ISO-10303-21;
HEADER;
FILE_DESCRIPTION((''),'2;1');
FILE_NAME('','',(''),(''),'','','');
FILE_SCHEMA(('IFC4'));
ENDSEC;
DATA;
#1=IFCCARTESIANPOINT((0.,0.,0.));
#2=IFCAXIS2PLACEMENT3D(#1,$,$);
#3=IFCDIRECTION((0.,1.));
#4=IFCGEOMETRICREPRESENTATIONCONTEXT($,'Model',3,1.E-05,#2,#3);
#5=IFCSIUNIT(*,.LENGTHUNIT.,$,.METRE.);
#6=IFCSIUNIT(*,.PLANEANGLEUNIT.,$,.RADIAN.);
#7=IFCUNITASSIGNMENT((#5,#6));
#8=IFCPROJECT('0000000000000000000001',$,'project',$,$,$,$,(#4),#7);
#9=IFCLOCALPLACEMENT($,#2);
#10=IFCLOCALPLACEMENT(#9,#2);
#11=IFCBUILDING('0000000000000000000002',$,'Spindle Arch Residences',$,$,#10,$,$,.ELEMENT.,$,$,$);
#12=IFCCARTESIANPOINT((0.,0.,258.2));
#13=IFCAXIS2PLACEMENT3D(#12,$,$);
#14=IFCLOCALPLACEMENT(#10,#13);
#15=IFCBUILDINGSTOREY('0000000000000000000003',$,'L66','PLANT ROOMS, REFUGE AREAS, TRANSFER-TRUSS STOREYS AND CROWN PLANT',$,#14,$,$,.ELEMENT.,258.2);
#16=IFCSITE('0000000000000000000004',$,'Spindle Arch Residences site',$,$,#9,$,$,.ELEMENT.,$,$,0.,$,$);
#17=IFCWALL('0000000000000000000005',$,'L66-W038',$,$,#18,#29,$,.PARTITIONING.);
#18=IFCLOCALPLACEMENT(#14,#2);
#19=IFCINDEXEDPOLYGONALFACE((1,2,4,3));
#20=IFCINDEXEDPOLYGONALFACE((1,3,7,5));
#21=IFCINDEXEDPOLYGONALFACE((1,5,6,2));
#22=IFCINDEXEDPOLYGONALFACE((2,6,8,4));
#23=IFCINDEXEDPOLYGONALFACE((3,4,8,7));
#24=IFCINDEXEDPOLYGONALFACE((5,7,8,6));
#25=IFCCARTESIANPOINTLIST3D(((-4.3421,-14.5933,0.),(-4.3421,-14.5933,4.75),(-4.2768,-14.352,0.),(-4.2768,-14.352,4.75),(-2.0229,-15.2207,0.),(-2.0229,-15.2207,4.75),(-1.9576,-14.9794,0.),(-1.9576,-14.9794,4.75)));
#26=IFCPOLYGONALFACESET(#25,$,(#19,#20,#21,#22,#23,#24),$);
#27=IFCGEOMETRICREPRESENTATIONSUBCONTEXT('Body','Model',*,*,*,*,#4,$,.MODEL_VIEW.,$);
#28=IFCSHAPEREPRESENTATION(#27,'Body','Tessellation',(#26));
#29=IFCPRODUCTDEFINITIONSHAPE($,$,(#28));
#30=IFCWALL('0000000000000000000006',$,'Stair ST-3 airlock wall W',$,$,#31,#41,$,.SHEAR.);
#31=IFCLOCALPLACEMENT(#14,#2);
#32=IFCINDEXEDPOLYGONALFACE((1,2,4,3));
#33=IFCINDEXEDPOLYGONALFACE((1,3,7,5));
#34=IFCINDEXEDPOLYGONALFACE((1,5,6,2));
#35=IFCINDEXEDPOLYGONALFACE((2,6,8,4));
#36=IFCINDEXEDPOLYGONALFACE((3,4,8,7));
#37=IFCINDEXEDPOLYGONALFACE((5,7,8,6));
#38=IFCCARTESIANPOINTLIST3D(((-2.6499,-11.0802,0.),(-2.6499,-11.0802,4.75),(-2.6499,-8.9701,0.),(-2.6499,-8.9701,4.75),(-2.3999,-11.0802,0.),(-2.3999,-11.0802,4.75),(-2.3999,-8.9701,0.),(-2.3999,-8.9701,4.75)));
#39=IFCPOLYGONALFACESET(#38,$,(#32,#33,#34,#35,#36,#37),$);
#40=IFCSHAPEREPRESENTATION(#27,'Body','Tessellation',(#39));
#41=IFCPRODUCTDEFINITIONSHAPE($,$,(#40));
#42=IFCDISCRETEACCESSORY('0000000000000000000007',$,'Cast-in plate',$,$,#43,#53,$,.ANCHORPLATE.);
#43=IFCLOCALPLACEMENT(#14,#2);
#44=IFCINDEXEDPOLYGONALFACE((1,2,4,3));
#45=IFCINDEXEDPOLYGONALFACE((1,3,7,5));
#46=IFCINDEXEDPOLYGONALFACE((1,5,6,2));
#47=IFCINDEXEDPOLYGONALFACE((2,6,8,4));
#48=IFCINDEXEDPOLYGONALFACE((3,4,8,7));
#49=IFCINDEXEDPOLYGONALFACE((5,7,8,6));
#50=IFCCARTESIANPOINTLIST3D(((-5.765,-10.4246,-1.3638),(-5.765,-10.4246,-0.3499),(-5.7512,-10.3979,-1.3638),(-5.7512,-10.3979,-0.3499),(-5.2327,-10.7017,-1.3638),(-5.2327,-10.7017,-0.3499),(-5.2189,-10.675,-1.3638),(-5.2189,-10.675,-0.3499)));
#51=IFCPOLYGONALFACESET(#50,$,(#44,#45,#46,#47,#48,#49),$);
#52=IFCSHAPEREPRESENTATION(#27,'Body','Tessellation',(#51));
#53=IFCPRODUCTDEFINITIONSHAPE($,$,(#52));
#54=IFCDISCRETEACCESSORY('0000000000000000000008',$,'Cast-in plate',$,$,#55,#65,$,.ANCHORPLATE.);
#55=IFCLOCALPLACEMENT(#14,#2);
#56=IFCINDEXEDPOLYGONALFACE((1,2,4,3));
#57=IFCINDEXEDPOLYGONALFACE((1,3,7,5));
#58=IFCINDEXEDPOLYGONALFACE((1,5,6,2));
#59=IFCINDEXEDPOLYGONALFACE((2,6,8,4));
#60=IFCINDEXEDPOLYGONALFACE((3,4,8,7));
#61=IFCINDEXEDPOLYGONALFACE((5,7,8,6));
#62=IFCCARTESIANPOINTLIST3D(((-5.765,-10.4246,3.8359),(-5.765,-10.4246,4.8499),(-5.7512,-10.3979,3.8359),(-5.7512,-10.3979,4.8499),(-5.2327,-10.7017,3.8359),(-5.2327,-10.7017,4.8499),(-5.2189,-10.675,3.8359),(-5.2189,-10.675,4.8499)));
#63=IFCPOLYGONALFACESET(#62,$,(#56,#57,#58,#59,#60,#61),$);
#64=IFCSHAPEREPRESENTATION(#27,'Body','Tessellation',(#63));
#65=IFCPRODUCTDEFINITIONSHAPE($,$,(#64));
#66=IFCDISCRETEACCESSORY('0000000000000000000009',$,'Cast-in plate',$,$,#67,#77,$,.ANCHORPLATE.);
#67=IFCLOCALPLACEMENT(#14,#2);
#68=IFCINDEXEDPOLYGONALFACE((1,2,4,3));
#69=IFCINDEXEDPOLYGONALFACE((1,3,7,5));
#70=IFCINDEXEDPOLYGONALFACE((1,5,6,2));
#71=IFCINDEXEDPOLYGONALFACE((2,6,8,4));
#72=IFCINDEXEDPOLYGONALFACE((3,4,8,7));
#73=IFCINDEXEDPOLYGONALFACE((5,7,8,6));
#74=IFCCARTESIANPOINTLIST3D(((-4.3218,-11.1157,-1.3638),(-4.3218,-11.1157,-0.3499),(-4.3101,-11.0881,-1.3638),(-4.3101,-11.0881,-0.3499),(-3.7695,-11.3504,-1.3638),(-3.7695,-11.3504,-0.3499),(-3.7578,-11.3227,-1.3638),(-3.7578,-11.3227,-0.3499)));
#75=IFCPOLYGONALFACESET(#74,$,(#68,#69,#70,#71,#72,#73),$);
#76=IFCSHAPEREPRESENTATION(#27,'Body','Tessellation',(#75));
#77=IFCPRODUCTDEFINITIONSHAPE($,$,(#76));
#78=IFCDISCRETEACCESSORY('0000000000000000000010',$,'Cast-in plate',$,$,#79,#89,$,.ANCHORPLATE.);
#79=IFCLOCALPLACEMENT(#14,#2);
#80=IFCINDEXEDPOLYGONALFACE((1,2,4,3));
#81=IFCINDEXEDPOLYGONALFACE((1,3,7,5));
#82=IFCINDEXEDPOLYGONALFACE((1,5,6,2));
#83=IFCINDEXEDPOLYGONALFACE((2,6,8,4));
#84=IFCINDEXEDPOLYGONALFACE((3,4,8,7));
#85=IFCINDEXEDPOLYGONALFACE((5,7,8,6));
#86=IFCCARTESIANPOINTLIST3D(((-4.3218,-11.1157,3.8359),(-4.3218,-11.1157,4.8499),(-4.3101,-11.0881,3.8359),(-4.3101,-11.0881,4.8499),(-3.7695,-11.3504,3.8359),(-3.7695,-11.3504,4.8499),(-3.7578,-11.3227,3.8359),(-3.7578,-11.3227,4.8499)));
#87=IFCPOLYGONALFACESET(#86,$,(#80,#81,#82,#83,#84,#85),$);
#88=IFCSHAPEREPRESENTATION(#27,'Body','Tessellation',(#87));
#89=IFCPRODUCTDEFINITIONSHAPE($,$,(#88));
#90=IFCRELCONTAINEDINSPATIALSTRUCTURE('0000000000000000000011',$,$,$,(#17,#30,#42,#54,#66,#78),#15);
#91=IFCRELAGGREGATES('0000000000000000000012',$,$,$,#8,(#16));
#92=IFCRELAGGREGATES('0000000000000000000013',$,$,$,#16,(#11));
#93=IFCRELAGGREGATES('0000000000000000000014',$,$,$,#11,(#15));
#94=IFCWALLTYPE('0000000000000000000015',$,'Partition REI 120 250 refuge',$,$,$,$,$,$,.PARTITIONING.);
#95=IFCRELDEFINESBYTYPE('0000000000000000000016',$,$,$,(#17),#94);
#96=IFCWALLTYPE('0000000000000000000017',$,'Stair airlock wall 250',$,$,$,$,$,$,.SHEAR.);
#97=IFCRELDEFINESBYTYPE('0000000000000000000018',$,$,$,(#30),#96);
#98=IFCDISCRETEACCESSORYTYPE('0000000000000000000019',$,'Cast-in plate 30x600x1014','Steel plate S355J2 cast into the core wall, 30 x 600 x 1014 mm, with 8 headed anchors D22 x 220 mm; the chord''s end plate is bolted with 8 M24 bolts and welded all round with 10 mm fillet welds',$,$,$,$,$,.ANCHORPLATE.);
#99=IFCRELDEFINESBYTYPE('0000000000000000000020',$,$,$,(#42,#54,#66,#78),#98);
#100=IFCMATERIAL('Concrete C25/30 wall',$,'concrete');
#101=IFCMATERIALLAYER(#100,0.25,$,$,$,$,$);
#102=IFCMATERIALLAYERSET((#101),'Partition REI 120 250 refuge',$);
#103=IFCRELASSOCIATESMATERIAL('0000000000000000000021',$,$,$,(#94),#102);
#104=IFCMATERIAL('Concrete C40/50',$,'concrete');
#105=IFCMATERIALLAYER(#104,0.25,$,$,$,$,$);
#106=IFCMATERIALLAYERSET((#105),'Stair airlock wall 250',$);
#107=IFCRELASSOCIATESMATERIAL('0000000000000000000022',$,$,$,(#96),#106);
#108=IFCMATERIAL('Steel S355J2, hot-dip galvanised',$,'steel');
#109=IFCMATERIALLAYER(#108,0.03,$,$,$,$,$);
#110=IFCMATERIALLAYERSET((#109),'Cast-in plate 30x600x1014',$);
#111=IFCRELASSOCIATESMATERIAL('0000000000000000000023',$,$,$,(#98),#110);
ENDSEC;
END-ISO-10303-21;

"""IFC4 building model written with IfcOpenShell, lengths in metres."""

from ifc_helpers import new_model, si_unit, direction, frame, frame_2d, origin, origin_2d, place, context, subcontext, project, spatial, rectangle, extrude, material, layer, layer_set, type_object, element, save


model = new_model("IFC4")

# Units and contexts
model_context = context("Model", 3, precision=1e-05, world=origin(), true_north=direction((0.0, 1.0)))
body_context = subcontext(model_context, "Body", "Model", "MODEL_VIEW")
ifc_project = project(units=[si_unit("LENGTHUNIT", "METRE"), si_unit("PLANEANGLEUNIT", "RADIAN")], contexts=[model_context])

# Site, building, storey
site_placement = place(None, origin())
site = spatial("IfcSite", under=ifc_project, at=site_placement, Name="Spindle Arch Residences site", CompositionType="ELEMENT", RefElevation=0.0)
building_placement = place(site_placement, origin())
building = spatial("IfcBuilding", under=site, at=building_placement, Name="Spindle Arch Residences", CompositionType="ELEMENT")
storey_placement = place(building_placement, frame((0.0, 0.0, 258.2)))
storey = spatial("IfcBuildingStorey", under=building, at=storey_placement, Name="L66", Description="PLANT ROOMS, REFUGE AREAS, TRANSFER-TRUSS STOREYS AND CROWN PLANT", CompositionType="ELEMENT", Elevation=258.2)

# Walls
ifc_material_1 = material(Name="Concrete C25/30 wall", Category="concrete")
ifc_layer_1 = layer(ifc_material_1, 0.25)
ifc_layer_set_1 = layer_set([ifc_layer_1], Name="Partition REI 120 250 refuge")
wall_type_1 = type_object("IfcWallType", Name="Partition REI 120 250 refuge", PredefinedType="PARTITIONING", material=ifc_layer_set_1)
wall_1_placement = place(storey_placement, frame((-4.3093, -14.4727, 0.0), z_axis=(0.0, 0.0, 1.0), x_axis=(0.965301, -0.261139, 0.0)))
element("IfcWall", 1, at=wall_1_placement, inside=storey, type_object=wall_type_1, Name="L66-W038", PredefinedType="PARTITIONING", context=body_context, shape_type="SweptSolid", body=[
    extrude(rectangle(XDim=2.4026, YDim=0.25, at=frame_2d((1.2012, 0.0))), origin(), (0.0, 0.0, 1.0), 4.75),
])
ifc_material_2 = material(Name="Concrete C40/50", Category="concrete")
ifc_layer_2 = layer(ifc_material_2, 0.25)
ifc_layer_set_2 = layer_set([ifc_layer_2], Name="Stair airlock wall 250")
wall_type_2 = type_object("IfcWallType", Name="Stair airlock wall 250", PredefinedType="SHEAR", material=ifc_layer_set_2)
wall_2_placement = place(storey_placement, frame((-2.5249, -8.97, 0.0), z_axis=(0.0, 0.0, 1.0), x_axis=(0.0, -1.0, 0.0)))
element("IfcWall", 2, at=wall_2_placement, inside=storey, type_object=wall_type_2, Name="Stair ST-3 airlock wall W", PredefinedType="SHEAR", context=body_context, shape_type="SweptSolid", body=[
    extrude(rectangle(XDim=2.1101, YDim=0.25, at=frame_2d((1.0552, 0.0))), origin(), (0.0, 0.0, 1.0), 4.75),
])

# Discrete accessories
ifc_material_3 = material(Name="Steel S355J2, hot-dip galvanised", Category="steel")
ifc_layer_3 = layer(ifc_material_3, 0.03)
ifc_layer_set_3 = layer_set([ifc_layer_3], Name="Cast-in plate 30x600x1014")
discrete_accessory_type = type_object("IfcDiscreteAccessoryType", Name="Cast-in plate 30x600x1014", Description="Steel plate S355J2 cast into the core wall, 30 x 600 x 1014 mm, with 8 headed anchors D22 x 220 mm; the chord's end plate is bolted with 8 M24 bolts and welded all round with 10 mm fillet welds", PredefinedType="ANCHORPLATE", material=ifc_layer_set_3)
for number, where, z_axis, x_axis, name in (
    (3, (-5.4919, -10.5498, -1.3638), (0.0, 0.0, 1.0), (-0.46175, -0.88701, 0.0), "Cast-in plate"),
    (4, (-5.4919, -10.5498, 3.8359), (0.0, 0.0, 1.0), (-0.46175, -0.88701, 0.0), "Cast-in plate"),
    (5, (-4.0398, -11.2192, -1.3638), (0.0, 0.0, 1.0), (-0.391022, -0.920381, 0.0), "Cast-in plate"),
    (6, (-4.0398, -11.2192, 3.8359), (0.0, 0.0, 1.0), (-0.391022, -0.920381, 0.0), "Cast-in plate"),
):
    element("IfcDiscreteAccessory", number, at=place(storey_placement, frame(where, z_axis=z_axis, x_axis=x_axis)), inside=storey, type_object=discrete_accessory_type, Name=name, PredefinedType="ANCHORPLATE", context=body_context, shape_type="SweptSolid", body=[
        extrude(rectangle(XDim=0.03, YDim=0.6001, at=origin_2d()), origin(), (0.0, 0.0, 1.0), 1.0139),
    ])

save(model, "model.ifc")
